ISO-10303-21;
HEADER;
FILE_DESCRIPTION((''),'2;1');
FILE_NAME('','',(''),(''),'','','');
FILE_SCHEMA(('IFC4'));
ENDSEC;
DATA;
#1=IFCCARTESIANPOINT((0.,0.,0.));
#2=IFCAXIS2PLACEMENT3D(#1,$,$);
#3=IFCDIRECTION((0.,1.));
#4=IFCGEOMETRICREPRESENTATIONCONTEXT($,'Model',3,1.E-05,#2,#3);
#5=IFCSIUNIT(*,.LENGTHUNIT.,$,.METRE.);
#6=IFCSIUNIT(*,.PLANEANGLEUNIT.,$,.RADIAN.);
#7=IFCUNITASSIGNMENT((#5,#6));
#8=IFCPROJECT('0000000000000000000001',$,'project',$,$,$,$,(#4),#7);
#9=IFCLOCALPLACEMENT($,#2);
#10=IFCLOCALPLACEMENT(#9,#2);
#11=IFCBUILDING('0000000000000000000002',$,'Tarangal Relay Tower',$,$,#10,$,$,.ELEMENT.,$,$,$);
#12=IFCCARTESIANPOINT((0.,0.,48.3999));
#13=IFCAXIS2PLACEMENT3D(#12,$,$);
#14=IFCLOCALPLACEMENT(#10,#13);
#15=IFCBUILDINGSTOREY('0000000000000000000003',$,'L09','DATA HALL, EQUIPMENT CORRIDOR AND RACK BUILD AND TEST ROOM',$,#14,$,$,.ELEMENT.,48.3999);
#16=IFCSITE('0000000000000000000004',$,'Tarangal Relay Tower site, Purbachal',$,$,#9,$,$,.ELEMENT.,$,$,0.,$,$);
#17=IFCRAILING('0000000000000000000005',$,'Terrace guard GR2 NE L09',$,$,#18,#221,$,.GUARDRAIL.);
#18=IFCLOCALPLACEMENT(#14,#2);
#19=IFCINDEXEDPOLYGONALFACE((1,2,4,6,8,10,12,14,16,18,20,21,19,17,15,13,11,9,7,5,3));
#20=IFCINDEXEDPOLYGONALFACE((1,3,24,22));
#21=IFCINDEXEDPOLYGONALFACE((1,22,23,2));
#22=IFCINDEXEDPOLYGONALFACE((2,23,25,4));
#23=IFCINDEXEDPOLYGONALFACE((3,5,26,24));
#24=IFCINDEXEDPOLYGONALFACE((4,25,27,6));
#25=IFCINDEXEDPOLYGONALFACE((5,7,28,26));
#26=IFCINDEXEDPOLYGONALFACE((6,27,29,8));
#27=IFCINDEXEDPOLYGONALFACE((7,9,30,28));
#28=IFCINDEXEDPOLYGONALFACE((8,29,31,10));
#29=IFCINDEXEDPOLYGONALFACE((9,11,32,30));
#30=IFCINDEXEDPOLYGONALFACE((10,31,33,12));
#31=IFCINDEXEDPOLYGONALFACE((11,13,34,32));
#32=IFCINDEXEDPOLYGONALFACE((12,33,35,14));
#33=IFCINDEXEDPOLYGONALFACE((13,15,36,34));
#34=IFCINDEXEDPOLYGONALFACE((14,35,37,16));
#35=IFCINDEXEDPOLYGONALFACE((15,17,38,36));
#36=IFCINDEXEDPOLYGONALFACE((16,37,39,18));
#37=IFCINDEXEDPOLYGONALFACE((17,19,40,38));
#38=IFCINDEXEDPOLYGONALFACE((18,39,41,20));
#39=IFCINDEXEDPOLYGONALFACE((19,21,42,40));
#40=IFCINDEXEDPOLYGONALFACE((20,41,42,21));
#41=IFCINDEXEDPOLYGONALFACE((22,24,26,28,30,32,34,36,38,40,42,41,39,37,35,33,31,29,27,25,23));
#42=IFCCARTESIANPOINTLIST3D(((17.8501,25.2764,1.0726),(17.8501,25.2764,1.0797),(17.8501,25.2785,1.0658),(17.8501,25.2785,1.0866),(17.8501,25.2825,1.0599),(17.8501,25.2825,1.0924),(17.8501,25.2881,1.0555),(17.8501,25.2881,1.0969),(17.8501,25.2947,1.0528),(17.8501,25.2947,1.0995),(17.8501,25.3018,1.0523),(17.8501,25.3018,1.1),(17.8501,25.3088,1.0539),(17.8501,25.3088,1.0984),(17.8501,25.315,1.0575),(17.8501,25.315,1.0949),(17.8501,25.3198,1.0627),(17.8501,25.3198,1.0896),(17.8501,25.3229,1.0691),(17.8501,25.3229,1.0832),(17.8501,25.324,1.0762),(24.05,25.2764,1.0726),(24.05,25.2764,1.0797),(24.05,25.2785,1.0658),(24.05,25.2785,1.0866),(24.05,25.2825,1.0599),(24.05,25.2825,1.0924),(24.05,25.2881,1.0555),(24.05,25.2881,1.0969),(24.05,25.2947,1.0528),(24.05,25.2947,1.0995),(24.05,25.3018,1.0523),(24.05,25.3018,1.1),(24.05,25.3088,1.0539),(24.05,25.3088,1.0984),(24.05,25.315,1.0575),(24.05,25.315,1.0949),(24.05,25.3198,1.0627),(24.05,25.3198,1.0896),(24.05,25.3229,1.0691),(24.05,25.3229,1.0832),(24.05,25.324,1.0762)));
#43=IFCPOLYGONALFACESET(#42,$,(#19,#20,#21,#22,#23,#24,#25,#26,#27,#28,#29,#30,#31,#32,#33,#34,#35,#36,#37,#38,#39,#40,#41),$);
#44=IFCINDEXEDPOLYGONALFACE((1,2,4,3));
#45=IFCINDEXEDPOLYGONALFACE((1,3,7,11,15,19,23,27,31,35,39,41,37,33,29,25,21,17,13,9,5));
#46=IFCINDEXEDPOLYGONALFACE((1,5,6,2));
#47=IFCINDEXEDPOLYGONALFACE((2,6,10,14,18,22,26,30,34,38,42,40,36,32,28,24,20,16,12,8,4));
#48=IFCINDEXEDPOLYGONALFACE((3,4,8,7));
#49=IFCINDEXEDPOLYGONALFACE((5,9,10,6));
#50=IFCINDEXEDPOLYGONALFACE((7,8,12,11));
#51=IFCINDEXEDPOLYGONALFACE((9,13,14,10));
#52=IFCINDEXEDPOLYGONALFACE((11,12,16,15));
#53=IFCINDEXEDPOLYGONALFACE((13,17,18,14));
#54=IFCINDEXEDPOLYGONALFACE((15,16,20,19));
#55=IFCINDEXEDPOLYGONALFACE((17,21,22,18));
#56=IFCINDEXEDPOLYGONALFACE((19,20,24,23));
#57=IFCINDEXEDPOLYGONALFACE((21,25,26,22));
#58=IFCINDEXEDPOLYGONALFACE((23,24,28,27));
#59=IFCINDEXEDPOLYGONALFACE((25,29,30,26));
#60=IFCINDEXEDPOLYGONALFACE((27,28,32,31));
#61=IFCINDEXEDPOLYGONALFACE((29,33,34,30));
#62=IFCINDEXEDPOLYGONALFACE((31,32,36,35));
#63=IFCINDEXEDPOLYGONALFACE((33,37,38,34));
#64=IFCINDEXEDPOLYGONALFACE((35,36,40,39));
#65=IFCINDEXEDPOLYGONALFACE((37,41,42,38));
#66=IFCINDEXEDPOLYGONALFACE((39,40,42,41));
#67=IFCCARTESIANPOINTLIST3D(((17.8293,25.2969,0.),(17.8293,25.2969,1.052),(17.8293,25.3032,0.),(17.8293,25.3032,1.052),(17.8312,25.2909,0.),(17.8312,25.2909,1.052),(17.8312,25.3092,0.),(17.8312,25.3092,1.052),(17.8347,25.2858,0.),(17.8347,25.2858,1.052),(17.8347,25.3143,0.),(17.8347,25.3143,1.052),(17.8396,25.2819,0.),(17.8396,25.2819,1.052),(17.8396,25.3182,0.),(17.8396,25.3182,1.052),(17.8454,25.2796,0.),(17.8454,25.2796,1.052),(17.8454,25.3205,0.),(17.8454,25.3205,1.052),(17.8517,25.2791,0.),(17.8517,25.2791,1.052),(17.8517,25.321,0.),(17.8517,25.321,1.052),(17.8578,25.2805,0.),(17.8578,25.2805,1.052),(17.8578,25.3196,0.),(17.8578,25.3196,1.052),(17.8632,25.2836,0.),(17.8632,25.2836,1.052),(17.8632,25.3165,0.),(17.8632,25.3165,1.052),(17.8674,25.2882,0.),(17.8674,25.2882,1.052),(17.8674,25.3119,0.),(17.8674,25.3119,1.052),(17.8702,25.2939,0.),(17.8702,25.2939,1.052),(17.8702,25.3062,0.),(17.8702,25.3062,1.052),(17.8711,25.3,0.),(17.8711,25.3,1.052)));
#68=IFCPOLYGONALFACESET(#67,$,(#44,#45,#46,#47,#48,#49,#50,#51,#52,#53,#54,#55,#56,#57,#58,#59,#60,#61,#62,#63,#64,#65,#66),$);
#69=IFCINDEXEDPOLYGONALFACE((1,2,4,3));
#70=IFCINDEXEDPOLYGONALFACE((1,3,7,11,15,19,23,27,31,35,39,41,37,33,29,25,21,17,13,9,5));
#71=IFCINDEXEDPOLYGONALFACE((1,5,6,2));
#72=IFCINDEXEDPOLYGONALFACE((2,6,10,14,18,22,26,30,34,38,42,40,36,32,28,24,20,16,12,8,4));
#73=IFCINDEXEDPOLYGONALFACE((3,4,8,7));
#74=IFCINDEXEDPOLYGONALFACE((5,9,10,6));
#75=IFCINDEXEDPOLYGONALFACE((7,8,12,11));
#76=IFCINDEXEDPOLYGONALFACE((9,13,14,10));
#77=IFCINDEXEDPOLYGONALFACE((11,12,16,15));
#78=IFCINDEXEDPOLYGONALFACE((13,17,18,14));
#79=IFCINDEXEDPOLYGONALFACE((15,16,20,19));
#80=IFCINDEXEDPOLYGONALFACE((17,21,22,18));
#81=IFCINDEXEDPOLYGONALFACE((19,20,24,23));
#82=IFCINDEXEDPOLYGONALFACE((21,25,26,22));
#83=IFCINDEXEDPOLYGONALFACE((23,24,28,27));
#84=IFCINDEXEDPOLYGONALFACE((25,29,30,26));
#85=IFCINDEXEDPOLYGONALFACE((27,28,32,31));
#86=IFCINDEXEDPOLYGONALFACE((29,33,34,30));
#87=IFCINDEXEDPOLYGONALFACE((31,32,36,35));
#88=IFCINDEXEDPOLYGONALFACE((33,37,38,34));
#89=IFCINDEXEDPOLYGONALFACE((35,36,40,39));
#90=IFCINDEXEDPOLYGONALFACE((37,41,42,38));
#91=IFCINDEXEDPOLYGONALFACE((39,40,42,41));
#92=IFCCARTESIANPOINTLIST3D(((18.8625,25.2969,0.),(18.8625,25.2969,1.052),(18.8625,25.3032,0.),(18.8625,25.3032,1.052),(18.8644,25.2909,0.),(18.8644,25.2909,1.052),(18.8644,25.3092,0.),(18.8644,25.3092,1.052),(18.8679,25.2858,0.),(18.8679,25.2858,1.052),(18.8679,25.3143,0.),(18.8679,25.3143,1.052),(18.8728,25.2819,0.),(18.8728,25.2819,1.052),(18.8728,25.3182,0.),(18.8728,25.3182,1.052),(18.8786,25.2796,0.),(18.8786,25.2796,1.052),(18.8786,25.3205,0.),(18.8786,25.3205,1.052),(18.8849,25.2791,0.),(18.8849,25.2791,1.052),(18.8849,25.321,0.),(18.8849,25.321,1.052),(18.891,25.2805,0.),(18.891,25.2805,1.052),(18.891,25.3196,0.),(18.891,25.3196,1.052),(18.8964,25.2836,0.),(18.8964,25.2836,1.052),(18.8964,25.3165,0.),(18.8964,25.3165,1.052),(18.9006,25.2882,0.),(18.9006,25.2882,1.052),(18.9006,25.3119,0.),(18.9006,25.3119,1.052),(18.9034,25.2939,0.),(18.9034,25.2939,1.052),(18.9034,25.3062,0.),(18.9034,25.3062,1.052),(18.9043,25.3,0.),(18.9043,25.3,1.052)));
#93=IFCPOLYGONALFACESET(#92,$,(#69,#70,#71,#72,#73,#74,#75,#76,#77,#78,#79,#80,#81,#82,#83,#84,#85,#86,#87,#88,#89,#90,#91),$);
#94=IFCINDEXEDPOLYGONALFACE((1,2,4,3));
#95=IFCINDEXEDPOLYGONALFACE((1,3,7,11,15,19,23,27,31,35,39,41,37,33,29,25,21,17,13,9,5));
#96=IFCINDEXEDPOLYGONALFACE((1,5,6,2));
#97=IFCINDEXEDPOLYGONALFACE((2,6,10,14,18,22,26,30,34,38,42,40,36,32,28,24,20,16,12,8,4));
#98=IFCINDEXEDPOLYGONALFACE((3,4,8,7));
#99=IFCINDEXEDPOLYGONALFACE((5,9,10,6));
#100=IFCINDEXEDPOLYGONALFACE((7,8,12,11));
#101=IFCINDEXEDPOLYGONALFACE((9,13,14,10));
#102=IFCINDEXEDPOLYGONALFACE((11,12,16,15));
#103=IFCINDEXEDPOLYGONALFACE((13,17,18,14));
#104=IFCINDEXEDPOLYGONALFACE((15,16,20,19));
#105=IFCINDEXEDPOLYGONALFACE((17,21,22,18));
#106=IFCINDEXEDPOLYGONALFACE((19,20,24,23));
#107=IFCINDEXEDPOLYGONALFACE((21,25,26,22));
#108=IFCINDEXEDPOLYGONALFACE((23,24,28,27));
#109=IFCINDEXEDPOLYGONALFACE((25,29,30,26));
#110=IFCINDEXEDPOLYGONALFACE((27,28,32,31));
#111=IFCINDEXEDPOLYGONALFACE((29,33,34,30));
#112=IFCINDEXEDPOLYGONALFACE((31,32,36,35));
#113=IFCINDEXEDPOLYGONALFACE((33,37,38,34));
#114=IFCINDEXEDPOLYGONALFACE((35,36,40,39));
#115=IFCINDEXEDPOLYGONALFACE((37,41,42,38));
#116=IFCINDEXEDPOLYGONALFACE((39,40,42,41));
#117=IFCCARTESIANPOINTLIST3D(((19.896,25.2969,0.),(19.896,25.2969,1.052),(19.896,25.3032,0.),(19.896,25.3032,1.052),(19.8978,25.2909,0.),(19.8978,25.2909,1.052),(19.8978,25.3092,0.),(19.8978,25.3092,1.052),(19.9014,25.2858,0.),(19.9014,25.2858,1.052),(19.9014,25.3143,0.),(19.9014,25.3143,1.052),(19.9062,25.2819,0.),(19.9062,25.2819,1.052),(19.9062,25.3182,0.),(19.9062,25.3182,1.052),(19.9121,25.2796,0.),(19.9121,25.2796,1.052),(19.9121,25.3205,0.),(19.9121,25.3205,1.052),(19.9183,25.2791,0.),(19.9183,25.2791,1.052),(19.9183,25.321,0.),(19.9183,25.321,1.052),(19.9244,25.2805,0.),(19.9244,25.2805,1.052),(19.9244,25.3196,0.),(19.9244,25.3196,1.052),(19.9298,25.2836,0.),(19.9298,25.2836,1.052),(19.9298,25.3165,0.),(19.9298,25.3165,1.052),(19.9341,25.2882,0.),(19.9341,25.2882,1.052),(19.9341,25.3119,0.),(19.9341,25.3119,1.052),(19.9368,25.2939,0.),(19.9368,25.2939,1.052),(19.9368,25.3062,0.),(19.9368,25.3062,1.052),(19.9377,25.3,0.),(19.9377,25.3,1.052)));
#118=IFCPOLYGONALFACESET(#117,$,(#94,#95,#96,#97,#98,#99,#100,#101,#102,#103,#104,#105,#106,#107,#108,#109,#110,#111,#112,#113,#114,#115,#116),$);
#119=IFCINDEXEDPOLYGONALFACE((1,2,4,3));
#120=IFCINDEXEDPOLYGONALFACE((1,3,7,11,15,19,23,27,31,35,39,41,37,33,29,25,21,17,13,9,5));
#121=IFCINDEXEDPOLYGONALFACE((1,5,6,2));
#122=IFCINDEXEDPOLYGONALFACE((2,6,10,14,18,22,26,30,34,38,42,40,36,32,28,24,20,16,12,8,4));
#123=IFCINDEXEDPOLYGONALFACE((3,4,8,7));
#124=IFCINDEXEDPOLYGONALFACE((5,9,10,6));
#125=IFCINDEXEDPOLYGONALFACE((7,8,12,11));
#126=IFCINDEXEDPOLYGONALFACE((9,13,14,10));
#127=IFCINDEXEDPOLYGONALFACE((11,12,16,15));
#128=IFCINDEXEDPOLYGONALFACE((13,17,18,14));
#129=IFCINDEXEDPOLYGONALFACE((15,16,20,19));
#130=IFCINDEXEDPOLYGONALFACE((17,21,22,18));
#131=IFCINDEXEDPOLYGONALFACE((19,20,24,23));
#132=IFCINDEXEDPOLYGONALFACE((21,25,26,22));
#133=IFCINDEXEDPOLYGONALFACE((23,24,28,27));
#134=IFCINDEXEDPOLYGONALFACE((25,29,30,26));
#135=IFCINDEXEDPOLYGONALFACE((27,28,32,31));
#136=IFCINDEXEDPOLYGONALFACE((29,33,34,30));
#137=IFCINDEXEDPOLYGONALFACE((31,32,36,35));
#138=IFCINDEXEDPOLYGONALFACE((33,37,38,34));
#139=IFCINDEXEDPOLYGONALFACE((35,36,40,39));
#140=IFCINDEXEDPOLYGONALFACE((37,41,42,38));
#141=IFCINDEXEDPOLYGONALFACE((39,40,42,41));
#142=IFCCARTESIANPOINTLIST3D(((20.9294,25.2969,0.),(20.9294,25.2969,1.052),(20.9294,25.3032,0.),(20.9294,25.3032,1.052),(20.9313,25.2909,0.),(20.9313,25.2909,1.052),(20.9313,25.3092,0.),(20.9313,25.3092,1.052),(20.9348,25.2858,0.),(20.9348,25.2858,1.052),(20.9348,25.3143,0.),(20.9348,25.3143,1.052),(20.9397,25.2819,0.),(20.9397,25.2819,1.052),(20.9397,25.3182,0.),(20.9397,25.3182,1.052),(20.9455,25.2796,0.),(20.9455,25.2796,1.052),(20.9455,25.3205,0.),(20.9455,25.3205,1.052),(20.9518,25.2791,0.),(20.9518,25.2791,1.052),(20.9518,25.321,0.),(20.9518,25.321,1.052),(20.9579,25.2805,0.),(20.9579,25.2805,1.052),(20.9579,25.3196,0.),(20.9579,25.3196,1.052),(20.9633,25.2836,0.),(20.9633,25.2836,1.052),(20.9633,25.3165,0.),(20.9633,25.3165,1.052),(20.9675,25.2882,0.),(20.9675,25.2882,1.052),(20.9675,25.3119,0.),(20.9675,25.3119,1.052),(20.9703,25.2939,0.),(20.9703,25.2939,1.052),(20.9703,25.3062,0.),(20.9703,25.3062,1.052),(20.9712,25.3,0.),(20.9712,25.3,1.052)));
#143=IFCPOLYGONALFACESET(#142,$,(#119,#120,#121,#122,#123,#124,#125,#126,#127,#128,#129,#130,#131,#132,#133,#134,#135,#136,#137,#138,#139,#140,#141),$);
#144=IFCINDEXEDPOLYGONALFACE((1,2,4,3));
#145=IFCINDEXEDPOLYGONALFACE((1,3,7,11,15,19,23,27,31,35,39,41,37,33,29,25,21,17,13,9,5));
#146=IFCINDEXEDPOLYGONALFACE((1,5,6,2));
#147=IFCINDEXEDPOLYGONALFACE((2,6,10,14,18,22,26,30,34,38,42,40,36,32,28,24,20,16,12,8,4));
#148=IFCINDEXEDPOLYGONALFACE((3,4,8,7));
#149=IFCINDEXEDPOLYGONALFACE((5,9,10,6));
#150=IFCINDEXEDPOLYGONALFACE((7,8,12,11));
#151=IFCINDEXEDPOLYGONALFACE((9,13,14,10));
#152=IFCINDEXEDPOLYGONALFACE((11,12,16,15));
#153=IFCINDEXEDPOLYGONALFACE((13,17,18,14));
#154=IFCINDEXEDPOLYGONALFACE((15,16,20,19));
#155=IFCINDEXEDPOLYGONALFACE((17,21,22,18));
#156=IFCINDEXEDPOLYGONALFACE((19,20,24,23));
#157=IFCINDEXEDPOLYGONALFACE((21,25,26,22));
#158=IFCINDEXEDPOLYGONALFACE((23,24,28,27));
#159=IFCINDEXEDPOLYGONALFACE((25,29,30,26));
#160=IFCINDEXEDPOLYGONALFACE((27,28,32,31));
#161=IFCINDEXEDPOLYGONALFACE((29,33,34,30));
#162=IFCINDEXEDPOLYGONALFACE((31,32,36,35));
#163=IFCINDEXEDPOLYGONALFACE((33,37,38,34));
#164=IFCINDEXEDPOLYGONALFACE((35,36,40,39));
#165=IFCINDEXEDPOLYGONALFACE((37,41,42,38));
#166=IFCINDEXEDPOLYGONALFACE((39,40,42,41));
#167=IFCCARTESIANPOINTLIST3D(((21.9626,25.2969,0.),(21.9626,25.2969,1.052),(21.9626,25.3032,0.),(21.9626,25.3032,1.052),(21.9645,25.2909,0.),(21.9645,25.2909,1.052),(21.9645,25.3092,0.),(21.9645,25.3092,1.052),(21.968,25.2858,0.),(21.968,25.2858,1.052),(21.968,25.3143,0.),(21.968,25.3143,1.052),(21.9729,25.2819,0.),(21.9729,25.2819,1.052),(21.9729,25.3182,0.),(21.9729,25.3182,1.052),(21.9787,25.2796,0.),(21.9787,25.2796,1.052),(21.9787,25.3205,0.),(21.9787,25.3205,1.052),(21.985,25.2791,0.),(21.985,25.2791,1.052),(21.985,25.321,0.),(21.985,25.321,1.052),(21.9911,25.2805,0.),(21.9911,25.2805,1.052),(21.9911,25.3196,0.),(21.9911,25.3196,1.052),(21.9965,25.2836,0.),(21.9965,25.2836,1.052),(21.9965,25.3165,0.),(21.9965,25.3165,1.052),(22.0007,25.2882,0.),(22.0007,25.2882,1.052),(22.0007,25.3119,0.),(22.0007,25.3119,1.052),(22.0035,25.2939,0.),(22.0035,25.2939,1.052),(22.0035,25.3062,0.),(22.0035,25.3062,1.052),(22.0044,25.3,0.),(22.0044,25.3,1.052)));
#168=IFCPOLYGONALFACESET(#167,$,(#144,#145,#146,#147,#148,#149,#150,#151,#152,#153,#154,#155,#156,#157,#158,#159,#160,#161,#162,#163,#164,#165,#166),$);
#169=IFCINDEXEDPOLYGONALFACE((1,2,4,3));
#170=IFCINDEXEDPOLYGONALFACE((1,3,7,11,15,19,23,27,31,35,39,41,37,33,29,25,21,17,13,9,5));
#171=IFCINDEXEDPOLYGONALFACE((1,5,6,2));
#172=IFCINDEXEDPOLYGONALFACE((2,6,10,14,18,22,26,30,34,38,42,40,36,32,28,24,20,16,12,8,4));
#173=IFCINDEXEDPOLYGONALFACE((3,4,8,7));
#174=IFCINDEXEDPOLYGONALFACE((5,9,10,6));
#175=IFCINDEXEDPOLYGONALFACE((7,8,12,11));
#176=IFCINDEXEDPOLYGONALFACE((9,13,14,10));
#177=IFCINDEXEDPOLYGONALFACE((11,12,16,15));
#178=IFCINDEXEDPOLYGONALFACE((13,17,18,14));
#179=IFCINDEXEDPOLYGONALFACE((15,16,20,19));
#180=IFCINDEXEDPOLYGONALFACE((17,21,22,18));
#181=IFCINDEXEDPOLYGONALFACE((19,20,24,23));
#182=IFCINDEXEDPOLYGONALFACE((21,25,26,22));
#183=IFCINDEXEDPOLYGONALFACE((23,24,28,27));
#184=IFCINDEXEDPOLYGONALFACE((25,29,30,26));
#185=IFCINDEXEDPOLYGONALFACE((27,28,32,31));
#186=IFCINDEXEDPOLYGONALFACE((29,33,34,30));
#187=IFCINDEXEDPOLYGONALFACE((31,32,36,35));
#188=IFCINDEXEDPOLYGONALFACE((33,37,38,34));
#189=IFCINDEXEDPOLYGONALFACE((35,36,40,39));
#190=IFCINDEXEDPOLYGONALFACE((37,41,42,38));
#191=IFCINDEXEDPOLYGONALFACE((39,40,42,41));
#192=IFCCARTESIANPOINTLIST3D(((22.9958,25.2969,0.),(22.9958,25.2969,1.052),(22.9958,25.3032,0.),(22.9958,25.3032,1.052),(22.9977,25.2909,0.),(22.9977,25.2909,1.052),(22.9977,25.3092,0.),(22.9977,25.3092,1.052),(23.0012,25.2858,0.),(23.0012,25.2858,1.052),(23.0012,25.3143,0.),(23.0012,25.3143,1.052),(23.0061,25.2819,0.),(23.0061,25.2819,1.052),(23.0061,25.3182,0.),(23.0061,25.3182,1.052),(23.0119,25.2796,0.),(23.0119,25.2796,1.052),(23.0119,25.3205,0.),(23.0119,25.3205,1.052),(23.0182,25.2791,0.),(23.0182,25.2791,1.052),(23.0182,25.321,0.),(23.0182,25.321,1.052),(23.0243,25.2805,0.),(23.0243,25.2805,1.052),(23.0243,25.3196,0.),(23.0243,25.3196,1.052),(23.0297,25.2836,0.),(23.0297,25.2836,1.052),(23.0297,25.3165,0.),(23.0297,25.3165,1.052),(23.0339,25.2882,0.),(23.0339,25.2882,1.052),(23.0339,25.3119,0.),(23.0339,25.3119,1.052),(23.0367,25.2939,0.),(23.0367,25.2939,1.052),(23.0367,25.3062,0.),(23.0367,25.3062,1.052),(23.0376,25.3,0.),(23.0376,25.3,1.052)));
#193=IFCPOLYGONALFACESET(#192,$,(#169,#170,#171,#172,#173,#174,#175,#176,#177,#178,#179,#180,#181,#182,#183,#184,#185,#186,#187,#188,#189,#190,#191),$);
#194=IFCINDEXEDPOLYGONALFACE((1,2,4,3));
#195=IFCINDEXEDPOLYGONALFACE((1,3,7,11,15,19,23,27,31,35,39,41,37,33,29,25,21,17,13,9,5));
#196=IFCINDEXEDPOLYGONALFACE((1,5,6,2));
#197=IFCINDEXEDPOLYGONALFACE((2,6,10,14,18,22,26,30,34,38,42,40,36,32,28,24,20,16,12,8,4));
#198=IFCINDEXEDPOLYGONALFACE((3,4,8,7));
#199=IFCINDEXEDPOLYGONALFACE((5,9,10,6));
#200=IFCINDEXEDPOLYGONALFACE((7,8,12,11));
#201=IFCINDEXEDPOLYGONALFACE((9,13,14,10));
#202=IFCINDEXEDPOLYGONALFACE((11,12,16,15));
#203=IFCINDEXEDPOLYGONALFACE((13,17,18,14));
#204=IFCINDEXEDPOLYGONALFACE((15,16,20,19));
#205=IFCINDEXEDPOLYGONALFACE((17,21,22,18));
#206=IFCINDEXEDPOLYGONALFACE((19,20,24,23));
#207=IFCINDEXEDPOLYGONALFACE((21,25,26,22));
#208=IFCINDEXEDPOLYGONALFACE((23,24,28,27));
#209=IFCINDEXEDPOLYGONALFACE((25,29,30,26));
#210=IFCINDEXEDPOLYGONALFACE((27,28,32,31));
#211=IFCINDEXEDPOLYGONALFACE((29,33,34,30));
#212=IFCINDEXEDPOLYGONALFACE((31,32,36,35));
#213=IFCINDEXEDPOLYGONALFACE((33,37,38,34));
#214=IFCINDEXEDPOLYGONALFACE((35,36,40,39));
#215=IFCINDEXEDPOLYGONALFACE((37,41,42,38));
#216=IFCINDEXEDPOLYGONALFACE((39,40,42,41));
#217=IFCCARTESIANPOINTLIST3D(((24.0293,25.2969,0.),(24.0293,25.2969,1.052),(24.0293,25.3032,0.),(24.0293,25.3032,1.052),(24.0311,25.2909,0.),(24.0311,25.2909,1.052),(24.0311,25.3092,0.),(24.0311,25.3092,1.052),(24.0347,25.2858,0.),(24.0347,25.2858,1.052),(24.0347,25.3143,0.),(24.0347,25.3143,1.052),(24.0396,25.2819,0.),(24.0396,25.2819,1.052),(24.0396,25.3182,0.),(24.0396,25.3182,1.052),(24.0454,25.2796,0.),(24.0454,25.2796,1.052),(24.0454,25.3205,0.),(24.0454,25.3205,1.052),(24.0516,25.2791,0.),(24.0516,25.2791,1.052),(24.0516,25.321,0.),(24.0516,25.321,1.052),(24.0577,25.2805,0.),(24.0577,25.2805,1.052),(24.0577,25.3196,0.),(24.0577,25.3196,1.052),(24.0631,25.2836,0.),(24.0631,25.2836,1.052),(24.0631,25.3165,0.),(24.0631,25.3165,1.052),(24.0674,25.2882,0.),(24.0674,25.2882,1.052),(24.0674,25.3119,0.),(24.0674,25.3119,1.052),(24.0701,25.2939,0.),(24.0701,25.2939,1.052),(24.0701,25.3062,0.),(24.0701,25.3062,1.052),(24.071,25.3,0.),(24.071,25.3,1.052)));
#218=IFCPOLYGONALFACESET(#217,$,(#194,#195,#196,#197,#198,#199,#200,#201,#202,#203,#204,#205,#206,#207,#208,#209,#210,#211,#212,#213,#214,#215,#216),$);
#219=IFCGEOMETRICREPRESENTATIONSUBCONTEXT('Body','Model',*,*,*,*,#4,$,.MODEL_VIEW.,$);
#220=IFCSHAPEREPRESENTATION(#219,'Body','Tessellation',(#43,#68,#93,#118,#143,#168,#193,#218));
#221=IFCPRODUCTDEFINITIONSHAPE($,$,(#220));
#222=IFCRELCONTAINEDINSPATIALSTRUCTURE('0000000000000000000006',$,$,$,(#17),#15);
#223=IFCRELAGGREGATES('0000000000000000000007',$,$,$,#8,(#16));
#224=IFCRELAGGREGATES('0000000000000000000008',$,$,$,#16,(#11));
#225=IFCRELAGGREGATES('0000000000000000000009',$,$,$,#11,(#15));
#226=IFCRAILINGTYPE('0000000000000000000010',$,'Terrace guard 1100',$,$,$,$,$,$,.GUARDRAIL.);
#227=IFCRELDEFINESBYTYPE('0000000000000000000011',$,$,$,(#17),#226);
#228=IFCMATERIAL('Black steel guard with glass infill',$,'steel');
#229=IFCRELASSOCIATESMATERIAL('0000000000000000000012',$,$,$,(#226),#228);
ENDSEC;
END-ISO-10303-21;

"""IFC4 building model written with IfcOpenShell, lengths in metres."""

from ifc_helpers import new_model, si_unit, direction, frame, origin, origin_2d, place, context, subcontext, project, spatial, circle, extrude, material, type_object, element, save


model = new_model("IFC4")

# Units and contexts
model_context = context("Model", 3, precision=1e-05, world=origin(), true_north=direction((0.0, 1.0)))
body_context = subcontext(model_context, "Body", "Model", "MODEL_VIEW")
ifc_project = project(units=[si_unit("LENGTHUNIT", "METRE"), si_unit("PLANEANGLEUNIT", "RADIAN")], contexts=[model_context])

# Site, building, storey
site_placement = place(None, origin())
site = spatial("IfcSite", under=ifc_project, at=site_placement, Name="Tarangal Relay Tower site, Purbachal", CompositionType="ELEMENT", RefElevation=0.0)
building_placement = place(site_placement, origin())
building = spatial("IfcBuilding", under=site, at=building_placement, Name="Tarangal Relay Tower", CompositionType="ELEMENT")
storey_placement = place(building_placement, frame((0.0, 0.0, 48.3999)))
storey = spatial("IfcBuildingStorey", under=building, at=storey_placement, Name="L09", Description="DATA HALL, EQUIPMENT CORRIDOR AND RACK BUILD AND TEST ROOM", CompositionType="ELEMENT", Elevation=48.3999)

# Railing
ifc_material_1 = material(Name="Black steel guard with glass infill", Category="steel")
railing_type_1 = type_object("IfcRailingType", Name="Terrace guard 1100", PredefinedType="GUARDRAIL", material=ifc_material_1)
railing_1_placement = place(storey_placement, frame((17.8501, 25.3, 0.0)))
element("IfcRailing", 1, at=railing_1_placement, inside=storey, type_object=railing_type_1, Name="Terrace guard GR2 NE L09", PredefinedType="GUARDRAIL", context=body_context, shape_type="SweptSolid", body=[
    extrude(circle(Radius=0.0239, at=origin_2d()), frame((0.0, 0.0, 1.0762), z_axis=(1.0, 0.0, 0.0), x_axis=(0.0, 1.0, 0.0)), (0.0, 0.0, 1.0), 6.2),
    extrude(circle(Radius=0.021, at=origin_2d()), origin(), (0.0, 0.0, 1.0), 1.052),
    extrude(circle(Radius=0.021, at=origin_2d()), frame((1.0332, 0.0, 0.0)), (0.0, 0.0, 1.0), 1.052),
    extrude(circle(Radius=0.021, at=origin_2d()), frame((2.0667, 0.0, 0.0)), (0.0, 0.0, 1.0), 1.052),
    extrude(circle(Radius=0.021, at=origin_2d()), frame((3.1001, 0.0, 0.0)), (0.0, 0.0, 1.0), 1.052),
    extrude(circle(Radius=0.021, at=origin_2d()), frame((4.1333, 0.0, 0.0)), (0.0, 0.0, 1.0), 1.052),
    extrude(circle(Radius=0.021, at=origin_2d()), frame((5.1665, 0.0, 0.0)), (0.0, 0.0, 1.0), 1.052),
    extrude(circle(Radius=0.021, at=origin_2d()), frame((6.2, 0.0, 0.0)), (0.0, 0.0, 1.0), 1.052),
])

save(model, "model.ifc")
